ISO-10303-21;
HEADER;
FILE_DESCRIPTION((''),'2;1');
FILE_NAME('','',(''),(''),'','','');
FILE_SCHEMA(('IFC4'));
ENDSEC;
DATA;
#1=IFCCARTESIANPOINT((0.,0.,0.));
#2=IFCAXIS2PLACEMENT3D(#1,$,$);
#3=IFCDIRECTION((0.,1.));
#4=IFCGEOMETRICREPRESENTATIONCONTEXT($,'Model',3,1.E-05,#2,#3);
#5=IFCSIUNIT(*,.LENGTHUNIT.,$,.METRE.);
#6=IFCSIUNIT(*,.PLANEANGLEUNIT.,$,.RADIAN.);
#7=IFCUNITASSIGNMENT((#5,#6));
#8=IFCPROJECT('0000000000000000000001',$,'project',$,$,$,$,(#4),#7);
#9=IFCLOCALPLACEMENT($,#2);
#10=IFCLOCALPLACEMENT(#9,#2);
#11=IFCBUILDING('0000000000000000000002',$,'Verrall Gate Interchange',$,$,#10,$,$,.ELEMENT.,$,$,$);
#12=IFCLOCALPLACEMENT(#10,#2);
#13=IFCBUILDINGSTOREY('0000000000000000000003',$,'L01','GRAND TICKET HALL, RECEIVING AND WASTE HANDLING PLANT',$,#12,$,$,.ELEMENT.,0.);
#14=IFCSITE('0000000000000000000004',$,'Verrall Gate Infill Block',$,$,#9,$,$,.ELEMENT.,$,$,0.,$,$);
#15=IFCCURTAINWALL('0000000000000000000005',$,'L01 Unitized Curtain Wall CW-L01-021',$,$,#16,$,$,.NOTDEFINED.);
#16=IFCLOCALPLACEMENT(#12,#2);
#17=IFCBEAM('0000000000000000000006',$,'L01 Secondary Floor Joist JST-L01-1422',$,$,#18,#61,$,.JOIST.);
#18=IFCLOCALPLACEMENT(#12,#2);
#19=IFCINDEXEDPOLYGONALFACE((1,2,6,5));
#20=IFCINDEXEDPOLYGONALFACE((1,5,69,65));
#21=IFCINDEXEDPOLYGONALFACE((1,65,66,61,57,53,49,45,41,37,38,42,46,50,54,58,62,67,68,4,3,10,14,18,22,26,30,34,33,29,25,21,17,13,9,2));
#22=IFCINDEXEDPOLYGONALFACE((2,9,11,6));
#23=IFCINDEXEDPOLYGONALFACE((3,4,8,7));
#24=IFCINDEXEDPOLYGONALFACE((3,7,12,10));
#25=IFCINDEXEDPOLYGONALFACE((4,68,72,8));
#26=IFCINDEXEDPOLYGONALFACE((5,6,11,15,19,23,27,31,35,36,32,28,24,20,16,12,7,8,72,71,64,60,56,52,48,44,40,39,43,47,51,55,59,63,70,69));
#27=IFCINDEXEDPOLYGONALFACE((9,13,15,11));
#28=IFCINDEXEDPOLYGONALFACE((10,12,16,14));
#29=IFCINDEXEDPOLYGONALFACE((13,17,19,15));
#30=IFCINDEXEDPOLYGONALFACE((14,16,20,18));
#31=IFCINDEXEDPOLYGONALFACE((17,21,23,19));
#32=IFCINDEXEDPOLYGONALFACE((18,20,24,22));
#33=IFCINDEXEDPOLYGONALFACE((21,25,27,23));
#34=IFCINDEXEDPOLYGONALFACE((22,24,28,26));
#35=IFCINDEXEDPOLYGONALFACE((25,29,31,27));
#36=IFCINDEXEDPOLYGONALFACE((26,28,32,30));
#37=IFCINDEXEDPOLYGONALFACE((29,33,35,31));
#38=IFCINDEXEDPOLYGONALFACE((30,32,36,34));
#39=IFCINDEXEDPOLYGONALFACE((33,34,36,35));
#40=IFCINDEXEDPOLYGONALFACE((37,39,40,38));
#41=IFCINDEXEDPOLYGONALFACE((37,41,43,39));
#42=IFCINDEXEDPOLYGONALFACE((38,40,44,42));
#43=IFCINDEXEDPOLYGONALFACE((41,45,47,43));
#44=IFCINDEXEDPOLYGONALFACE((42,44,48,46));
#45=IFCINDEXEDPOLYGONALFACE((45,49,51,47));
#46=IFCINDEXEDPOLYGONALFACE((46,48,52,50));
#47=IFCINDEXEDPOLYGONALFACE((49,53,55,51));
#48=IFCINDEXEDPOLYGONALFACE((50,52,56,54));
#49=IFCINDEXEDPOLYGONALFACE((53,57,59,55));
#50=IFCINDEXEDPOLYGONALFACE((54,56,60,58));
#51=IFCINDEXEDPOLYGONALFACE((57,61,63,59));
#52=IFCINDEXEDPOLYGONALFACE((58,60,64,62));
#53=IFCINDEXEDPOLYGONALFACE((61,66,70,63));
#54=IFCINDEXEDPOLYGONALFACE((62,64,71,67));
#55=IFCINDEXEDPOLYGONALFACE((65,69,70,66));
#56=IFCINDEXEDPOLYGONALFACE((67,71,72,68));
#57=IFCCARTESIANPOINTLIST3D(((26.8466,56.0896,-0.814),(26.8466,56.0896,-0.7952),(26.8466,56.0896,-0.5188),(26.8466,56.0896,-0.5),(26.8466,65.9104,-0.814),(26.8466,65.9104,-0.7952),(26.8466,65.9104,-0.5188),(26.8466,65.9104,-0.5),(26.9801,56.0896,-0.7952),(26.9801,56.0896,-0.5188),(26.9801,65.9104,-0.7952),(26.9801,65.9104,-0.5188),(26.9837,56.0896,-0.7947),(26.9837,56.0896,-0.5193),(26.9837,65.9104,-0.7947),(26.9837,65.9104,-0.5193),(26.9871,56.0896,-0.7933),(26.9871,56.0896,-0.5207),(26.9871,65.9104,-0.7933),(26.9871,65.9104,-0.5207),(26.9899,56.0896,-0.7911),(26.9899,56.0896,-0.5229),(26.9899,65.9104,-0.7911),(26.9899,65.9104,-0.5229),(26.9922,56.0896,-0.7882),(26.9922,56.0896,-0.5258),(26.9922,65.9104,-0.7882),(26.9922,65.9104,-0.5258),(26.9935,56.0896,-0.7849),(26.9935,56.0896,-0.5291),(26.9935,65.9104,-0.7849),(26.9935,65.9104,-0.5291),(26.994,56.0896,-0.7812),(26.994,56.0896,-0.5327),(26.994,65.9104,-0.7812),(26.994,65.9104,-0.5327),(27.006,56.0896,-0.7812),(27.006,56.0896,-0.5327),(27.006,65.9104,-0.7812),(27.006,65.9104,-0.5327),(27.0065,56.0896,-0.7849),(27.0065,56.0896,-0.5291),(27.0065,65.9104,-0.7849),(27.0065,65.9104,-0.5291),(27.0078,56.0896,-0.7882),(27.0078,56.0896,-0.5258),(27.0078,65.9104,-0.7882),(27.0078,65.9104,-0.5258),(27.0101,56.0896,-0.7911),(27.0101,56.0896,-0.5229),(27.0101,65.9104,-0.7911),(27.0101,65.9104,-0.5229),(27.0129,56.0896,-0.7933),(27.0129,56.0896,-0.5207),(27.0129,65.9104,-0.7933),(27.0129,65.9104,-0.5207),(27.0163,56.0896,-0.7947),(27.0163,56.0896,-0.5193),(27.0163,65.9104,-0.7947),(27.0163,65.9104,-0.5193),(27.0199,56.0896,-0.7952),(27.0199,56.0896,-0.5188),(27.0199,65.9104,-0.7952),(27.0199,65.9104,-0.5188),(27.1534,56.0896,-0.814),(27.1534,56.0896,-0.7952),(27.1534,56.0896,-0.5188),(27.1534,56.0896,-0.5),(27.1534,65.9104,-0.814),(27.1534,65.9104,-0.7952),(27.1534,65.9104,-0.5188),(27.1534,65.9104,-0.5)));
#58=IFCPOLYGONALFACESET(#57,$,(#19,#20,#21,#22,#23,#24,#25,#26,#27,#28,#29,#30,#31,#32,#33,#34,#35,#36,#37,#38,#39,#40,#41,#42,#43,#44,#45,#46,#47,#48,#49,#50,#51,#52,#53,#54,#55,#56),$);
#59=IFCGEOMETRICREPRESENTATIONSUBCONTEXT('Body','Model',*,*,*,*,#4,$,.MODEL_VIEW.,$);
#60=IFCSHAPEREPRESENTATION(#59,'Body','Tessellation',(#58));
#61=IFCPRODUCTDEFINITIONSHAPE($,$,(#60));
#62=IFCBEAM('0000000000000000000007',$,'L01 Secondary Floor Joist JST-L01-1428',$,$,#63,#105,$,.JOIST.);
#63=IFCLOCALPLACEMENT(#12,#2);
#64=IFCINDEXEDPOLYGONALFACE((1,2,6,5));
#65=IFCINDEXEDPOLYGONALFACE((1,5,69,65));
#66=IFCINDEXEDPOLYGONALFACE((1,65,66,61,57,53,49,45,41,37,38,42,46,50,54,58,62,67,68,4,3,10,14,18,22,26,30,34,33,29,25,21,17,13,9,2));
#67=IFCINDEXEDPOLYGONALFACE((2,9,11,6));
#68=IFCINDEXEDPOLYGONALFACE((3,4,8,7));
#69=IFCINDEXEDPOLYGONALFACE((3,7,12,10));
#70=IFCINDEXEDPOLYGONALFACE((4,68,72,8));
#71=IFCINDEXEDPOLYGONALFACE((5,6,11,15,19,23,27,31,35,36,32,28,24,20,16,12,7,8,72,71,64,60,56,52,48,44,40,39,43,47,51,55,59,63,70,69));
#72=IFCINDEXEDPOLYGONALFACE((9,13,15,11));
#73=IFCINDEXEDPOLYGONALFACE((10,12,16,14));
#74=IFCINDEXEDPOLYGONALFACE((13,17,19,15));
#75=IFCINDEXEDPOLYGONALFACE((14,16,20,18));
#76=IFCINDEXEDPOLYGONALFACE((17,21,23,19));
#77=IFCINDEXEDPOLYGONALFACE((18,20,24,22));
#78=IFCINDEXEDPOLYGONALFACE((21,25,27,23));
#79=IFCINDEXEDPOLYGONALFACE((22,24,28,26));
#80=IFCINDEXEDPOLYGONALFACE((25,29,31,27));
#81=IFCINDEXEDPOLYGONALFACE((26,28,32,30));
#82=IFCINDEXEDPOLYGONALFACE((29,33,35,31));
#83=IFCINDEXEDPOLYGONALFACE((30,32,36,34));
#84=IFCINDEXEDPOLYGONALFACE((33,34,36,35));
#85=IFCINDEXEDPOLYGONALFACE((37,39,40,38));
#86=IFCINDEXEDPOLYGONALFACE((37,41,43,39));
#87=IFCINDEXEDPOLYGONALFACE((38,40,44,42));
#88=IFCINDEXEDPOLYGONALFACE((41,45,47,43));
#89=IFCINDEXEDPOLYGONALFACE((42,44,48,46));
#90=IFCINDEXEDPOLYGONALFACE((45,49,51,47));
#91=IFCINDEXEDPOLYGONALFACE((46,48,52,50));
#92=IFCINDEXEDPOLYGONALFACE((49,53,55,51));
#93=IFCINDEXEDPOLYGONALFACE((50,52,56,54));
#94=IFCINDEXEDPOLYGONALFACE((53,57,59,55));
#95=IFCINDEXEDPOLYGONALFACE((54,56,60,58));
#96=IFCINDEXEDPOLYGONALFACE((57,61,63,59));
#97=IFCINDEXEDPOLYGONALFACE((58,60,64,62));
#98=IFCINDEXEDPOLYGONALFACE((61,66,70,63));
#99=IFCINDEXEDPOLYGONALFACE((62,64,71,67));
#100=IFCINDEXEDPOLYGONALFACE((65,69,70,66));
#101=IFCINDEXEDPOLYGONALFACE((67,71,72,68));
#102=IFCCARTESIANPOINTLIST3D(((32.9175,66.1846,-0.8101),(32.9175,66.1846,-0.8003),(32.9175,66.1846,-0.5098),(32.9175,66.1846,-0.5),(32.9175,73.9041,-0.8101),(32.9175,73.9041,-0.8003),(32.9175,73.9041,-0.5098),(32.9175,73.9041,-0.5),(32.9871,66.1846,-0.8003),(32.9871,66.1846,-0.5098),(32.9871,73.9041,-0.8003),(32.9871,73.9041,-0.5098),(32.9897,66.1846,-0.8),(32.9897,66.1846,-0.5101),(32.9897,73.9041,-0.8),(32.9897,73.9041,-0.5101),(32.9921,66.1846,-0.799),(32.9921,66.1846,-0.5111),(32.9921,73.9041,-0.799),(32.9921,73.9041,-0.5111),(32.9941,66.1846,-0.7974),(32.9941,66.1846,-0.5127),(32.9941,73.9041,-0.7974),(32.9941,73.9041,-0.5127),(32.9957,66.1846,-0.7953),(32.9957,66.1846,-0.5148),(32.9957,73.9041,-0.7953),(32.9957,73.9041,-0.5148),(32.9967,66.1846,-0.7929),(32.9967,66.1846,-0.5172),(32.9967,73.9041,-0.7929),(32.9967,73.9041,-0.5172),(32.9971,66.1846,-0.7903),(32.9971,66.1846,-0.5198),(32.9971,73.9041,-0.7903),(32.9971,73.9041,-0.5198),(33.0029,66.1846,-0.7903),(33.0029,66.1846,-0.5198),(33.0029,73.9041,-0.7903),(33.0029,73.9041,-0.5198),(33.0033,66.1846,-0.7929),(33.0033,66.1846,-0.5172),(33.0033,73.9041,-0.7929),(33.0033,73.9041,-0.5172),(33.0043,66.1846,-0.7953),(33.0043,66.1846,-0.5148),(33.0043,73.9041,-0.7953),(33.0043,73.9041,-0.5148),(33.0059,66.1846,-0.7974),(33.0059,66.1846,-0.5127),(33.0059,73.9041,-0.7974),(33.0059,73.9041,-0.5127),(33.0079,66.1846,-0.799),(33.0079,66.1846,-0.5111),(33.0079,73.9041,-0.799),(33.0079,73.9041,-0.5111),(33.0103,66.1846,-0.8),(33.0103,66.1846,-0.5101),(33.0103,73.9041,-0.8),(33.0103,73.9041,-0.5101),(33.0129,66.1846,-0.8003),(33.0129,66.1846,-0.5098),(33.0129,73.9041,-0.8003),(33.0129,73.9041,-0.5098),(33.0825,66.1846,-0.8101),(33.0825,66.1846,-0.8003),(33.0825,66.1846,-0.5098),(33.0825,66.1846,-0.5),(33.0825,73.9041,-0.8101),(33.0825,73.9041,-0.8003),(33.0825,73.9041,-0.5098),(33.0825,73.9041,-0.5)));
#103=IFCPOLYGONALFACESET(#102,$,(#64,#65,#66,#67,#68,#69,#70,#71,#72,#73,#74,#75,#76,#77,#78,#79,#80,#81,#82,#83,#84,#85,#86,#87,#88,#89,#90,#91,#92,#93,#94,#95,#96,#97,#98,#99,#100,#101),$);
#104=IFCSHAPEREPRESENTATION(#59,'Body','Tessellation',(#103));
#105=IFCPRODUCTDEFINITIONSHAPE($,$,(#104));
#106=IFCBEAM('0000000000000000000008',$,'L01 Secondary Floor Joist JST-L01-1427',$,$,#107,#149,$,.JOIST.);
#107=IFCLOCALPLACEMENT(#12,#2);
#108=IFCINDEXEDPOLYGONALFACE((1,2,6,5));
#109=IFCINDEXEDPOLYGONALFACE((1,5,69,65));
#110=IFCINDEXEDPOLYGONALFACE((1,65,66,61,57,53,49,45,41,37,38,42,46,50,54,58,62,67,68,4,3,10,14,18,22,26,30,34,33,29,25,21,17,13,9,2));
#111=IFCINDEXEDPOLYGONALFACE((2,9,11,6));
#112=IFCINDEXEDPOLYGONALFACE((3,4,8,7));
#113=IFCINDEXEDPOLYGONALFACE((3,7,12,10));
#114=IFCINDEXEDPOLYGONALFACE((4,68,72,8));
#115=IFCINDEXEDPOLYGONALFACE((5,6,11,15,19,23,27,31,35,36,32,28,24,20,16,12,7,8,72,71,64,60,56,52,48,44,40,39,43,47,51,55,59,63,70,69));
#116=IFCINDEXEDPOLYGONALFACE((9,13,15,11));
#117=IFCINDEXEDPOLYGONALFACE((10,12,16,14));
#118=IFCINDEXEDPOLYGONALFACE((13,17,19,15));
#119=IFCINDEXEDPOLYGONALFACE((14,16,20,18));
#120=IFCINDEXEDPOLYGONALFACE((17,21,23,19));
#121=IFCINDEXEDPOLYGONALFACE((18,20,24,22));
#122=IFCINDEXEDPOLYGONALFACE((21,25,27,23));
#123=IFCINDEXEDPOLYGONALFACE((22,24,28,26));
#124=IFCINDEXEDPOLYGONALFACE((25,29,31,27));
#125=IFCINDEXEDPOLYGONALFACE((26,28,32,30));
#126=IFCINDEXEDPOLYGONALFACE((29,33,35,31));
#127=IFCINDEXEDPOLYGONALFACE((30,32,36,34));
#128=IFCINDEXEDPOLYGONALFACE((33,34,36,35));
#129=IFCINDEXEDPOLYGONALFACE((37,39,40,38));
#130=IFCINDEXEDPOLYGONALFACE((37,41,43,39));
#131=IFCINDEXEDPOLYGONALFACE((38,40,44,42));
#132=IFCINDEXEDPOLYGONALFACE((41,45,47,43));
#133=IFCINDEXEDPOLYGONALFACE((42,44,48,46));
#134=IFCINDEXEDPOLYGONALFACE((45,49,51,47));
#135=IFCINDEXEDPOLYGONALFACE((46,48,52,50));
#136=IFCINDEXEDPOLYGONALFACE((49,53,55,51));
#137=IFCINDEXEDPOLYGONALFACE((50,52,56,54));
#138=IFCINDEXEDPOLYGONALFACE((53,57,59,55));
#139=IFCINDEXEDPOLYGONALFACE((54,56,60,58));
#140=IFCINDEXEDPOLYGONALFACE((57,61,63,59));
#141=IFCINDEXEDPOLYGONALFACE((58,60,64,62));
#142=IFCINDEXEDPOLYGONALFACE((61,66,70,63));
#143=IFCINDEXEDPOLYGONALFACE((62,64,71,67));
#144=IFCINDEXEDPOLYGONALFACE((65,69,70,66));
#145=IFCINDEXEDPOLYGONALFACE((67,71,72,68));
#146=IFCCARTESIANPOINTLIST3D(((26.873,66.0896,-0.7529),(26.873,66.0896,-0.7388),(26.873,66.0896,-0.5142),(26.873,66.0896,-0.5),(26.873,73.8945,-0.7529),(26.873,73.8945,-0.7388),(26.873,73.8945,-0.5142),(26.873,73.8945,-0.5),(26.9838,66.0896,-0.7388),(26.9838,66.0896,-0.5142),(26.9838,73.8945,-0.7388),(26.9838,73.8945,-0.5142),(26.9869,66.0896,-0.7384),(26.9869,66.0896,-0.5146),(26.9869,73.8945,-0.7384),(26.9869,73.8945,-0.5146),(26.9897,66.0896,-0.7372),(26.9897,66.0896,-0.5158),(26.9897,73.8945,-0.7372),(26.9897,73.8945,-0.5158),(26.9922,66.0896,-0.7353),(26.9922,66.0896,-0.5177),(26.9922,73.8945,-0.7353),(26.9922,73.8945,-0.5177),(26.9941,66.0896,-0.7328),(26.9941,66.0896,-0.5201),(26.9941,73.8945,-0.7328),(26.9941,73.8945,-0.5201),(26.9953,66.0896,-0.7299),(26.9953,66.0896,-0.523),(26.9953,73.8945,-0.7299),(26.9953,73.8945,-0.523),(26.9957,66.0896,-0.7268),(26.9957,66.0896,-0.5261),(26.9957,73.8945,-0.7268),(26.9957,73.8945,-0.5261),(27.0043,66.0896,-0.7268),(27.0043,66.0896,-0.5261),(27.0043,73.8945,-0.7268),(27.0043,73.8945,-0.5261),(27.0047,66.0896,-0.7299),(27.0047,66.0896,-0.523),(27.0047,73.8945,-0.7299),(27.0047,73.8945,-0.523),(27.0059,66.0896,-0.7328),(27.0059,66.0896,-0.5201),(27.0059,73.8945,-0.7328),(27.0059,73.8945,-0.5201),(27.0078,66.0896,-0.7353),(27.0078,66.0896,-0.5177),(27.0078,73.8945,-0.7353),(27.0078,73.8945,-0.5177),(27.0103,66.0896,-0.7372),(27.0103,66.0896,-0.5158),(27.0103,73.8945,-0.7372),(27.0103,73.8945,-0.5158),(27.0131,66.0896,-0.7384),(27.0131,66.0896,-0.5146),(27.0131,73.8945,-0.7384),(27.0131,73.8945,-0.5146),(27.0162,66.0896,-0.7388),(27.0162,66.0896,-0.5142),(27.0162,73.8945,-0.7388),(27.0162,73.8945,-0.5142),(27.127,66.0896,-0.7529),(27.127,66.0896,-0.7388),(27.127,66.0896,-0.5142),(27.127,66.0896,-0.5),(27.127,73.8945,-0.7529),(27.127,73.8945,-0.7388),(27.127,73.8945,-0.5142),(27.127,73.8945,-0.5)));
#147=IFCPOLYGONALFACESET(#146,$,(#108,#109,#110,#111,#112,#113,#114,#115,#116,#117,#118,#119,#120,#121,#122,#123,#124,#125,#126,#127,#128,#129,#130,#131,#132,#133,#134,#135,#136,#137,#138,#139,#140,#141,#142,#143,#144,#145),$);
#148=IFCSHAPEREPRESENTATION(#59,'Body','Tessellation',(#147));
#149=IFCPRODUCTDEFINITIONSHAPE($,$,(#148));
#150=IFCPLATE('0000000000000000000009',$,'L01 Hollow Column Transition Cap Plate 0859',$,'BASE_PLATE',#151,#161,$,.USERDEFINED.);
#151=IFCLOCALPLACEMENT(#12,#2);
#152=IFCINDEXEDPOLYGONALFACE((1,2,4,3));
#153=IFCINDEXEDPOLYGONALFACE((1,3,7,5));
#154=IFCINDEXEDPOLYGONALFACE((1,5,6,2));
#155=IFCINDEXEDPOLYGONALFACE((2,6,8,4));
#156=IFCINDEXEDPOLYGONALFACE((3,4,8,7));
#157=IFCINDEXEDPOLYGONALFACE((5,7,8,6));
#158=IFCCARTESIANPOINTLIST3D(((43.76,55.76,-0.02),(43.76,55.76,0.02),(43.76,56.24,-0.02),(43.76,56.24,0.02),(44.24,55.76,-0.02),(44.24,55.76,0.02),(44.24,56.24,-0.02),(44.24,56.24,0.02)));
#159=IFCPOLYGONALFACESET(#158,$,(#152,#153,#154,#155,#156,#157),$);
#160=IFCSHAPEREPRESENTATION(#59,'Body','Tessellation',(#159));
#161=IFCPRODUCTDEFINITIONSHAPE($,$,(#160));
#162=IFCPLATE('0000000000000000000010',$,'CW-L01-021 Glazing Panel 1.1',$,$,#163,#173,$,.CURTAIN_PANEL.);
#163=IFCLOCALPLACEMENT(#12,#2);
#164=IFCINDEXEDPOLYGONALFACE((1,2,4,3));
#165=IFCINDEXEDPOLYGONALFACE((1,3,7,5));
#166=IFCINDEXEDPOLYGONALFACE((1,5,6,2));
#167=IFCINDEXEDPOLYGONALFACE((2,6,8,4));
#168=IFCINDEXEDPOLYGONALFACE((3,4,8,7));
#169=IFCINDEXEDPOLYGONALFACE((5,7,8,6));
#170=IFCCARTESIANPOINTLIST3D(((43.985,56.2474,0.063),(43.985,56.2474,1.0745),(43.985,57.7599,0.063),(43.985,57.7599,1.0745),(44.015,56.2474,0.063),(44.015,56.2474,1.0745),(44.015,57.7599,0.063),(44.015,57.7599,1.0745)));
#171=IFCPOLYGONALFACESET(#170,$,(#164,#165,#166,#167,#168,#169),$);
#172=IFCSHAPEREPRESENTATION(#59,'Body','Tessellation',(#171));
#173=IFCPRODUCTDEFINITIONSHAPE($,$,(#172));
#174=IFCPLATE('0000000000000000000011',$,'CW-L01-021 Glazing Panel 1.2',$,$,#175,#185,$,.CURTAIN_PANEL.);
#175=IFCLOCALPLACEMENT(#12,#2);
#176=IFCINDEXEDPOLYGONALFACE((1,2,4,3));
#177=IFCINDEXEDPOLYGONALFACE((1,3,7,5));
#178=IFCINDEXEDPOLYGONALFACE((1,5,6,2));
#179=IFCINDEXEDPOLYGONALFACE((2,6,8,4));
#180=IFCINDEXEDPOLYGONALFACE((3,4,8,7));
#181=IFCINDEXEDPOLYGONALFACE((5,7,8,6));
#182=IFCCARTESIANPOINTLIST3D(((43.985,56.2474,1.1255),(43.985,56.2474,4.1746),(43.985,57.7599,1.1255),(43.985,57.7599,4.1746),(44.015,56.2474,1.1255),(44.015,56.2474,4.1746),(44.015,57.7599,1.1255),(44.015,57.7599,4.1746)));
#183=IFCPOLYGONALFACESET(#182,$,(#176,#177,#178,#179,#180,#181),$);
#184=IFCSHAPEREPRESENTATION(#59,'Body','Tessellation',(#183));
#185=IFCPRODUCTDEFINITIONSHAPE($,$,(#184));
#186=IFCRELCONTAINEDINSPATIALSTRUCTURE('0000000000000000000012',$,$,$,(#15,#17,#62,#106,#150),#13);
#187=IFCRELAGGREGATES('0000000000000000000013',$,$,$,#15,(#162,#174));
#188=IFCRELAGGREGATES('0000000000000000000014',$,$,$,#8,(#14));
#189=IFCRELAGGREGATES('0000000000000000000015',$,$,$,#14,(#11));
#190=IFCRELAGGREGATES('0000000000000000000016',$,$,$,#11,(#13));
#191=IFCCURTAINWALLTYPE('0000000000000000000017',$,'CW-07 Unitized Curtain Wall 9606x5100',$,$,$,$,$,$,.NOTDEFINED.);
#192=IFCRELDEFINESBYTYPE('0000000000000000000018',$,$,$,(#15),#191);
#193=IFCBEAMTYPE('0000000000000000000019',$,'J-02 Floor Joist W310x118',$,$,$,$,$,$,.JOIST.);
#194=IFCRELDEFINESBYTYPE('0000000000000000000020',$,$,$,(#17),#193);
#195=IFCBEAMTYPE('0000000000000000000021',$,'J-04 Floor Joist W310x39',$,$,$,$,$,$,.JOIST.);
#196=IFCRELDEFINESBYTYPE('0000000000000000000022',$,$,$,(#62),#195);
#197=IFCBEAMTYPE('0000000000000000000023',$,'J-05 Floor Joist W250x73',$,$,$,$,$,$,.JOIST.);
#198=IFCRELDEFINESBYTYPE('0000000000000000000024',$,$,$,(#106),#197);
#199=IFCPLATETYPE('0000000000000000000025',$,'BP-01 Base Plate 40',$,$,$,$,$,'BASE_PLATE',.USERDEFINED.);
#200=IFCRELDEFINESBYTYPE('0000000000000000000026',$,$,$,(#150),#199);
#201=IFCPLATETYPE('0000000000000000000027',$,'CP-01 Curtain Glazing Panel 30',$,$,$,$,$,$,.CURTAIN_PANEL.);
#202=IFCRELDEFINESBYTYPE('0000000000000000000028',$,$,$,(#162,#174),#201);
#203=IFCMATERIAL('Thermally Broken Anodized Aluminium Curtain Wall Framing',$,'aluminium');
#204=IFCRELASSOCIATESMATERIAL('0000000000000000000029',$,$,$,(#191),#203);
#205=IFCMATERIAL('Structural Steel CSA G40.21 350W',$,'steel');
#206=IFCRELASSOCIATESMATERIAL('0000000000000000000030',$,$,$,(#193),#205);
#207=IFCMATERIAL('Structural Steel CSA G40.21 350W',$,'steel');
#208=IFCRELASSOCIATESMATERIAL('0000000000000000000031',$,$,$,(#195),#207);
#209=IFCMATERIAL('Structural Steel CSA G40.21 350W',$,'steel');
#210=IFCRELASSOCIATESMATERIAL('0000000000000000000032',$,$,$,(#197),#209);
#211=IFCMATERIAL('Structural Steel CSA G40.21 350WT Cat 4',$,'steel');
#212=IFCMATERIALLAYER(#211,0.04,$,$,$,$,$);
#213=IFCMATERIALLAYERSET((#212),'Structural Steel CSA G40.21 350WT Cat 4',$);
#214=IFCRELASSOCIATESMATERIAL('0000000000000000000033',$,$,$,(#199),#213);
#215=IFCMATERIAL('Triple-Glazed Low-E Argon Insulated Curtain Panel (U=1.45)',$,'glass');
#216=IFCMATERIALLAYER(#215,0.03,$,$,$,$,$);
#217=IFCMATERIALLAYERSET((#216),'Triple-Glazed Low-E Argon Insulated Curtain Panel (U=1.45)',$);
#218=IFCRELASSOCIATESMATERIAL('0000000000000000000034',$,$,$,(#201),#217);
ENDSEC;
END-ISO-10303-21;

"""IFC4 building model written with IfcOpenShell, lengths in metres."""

from ifc_helpers import new_model, si_unit, direction, frame, origin, origin_2d, place, context, subcontext, project, spatial, rectangle, i_section, extrude, material, layer, layer_set, material_profile, profile_set, type_object, element, aggregate, save


model = new_model("IFC4")

# Units and contexts
model_context = context("Model", 3, precision=1e-05, world=origin(), true_north=direction((0.0, 1.0)))
body_context = subcontext(model_context, "Body", "Model", "MODEL_VIEW")
ifc_project = project(units=[si_unit("LENGTHUNIT", "METRE"), si_unit("PLANEANGLEUNIT", "RADIAN")], contexts=[model_context])

# Site, building, storey
site_placement = place(None, origin())
site = spatial("IfcSite", under=ifc_project, at=site_placement, Name="Verrall Gate Infill Block", CompositionType="ELEMENT", RefElevation=0.0)
building_placement = place(site_placement, origin())
building = spatial("IfcBuilding", under=site, at=building_placement, Name="Verrall Gate Interchange", CompositionType="ELEMENT")
storey_placement = place(building_placement, origin())
storey = spatial("IfcBuildingStorey", under=building, at=storey_placement, Name="L01", Description="GRAND TICKET HALL, RECEIVING AND WASTE HANDLING PLANT", CompositionType="ELEMENT", Elevation=0.0)

# Curtain wall
ifc_material_1 = material(Name="Thermally Broken Anodized Aluminium Curtain Wall Framing", Category="aluminium")
curtain_wall_type = type_object("IfcCurtainWallType", Name="CW-07 Unitized Curtain Wall 9606x5100", PredefinedType="NOTDEFINED", material=ifc_material_1)
curtain_wall_placement = place(storey_placement, origin())
curtain_wall = element("IfcCurtainWall", 1, at=curtain_wall_placement, inside=storey, type_object=curtain_wall_type, Name="L01 Unitized Curtain Wall CW-L01-021", PredefinedType="NOTDEFINED")

# Beams
ifc_material_2 = material(Name="Structural Steel CSA G40.21 350W", Category="steel")
ifc_material_profile_1 = material_profile(ifc_material_2, i_section(OverallWidth=0.3069, OverallDepth=0.314, WebThickness=0.012, FlangeThickness=0.0188, FilletRadius=0.0139, at=origin_2d()), Name="W310x118")
ifc_profile_set_1 = profile_set([ifc_material_profile_1], Name="Structural Steel CSA G40.21 350W")
beam_type_1 = type_object("IfcBeamType", Name="J-02 Floor Joist W310x118", PredefinedType="JOIST", material=ifc_profile_set_1)
beam_1_placement = place(storey_placement, frame((27.0, 56.0896, -0.657), z_axis=(0.0, 1.0, 0.0), x_axis=(-1.0, 0.0, 0.0)))
element("IfcBeam", 2, at=beam_1_placement, inside=storey, type_object=beam_type_1, Name="L01 Secondary Floor Joist JST-L01-1422", PredefinedType="JOIST", context=body_context, shape_type="SweptSolid", body=[
    extrude(i_section(OverallWidth=0.3069, OverallDepth=0.314, WebThickness=0.012, FlangeThickness=0.0188, FilletRadius=0.0139, at=origin_2d()), origin(), (0.0, 0.0, 1.0), 9.8208),
])
ifc_material_3 = material(Name="Structural Steel CSA G40.21 350W", Category="steel")
ifc_material_profile_2 = material_profile(ifc_material_3, i_section(OverallWidth=0.165, OverallDepth=0.3101, WebThickness=0.0059, FlangeThickness=0.0098, FilletRadius=0.01, at=origin_2d()), Name="W310x39")
ifc_profile_set_2 = profile_set([ifc_material_profile_2], Name="Structural Steel CSA G40.21 350W")
beam_type_2 = type_object("IfcBeamType", Name="J-04 Floor Joist W310x39", PredefinedType="JOIST", material=ifc_profile_set_2)
beam_2_placement = place(storey_placement, frame((33.0, 66.1846, -0.655), z_axis=(0.0, 1.0, 0.0), x_axis=(-1.0, 0.0, 0.0)))
element("IfcBeam", 3, at=beam_2_placement, inside=storey, type_object=beam_type_2, Name="L01 Secondary Floor Joist JST-L01-1428", PredefinedType="JOIST", context=body_context, shape_type="SweptSolid", body=[
    extrude(i_section(OverallWidth=0.165, OverallDepth=0.3101, WebThickness=0.0059, FlangeThickness=0.0098, FilletRadius=0.01, at=origin_2d()), origin(), (0.0, 0.0, 1.0), 7.7195),
])
ifc_material_4 = material(Name="Structural Steel CSA G40.21 350W", Category="steel")
ifc_material_profile_3 = material_profile(ifc_material_4, i_section(OverallWidth=0.2539, OverallDepth=0.2529, WebThickness=0.0085, FlangeThickness=0.0142, FilletRadius=0.012, at=origin_2d()), Name="W250x73")
ifc_profile_set_3 = profile_set([ifc_material_profile_3], Name="Structural Steel CSA G40.21 350W")
beam_type_3 = type_object("IfcBeamType", Name="J-05 Floor Joist W250x73", PredefinedType="JOIST", material=ifc_profile_set_3)
beam_3_placement = place(storey_placement, frame((27.0, 66.0896, -0.6265), z_axis=(0.0, 1.0, 0.0), x_axis=(-1.0, 0.0, 0.0)))
element("IfcBeam", 4, at=beam_3_placement, inside=storey, type_object=beam_type_3, Name="L01 Secondary Floor Joist JST-L01-1427", PredefinedType="JOIST", context=body_context, shape_type="SweptSolid", body=[
    extrude(i_section(OverallWidth=0.2539, OverallDepth=0.2529, WebThickness=0.0085, FlangeThickness=0.0142, FilletRadius=0.012, at=origin_2d()), origin(), (0.0, 0.0, 1.0), 7.8049),
])

# Plates
ifc_material_5 = material(Name="Structural Steel CSA G40.21 350WT Cat 4", Category="steel")
ifc_layer_1 = layer(ifc_material_5, 0.04)
ifc_layer_set_1 = layer_set([ifc_layer_1], Name="Structural Steel CSA G40.21 350WT Cat 4")
plate_type_1 = type_object("IfcPlateType", Name="BP-01 Base Plate 40", ElementType="BASE_PLATE", PredefinedType="USERDEFINED", material=ifc_layer_set_1)
plate_1_placement = place(storey_placement, frame((44.0, 56.0, -0.02), z_axis=(0.0, 0.0, 1.0), x_axis=(1.0, 0.0, 0.0)))
element("IfcPlate", 5, at=plate_1_placement, inside=storey, type_object=plate_type_1, Name="L01 Hollow Column Transition Cap Plate 0859", ObjectType="BASE_PLATE", PredefinedType="USERDEFINED", context=body_context, shape_type="SweptSolid", body=[
    extrude(rectangle(XDim=0.48, YDim=0.48, at=origin_2d()), origin(), (0.0, 0.0, 1.0), 0.04),
])
ifc_material_6 = material(Name="Triple-Glazed Low-E Argon Insulated Curtain Panel (U=1.45)", Category="glass")
ifc_layer_2 = layer(ifc_material_6, 0.03)
ifc_layer_set_2 = layer_set([ifc_layer_2], Name="Triple-Glazed Low-E Argon Insulated Curtain Panel (U=1.45)")
plate_type_2 = type_object("IfcPlateType", Name="CP-01 Curtain Glazing Panel 30", PredefinedType="CURTAIN_PANEL", material=ifc_layer_set_2)
plate_2_placement = place(storey_placement, frame((44.0, 57.0037, 0.063), z_axis=(0.0, 0.0, 1.0), x_axis=(0.0, 1.0, 0.0)))
plate_2 = element("IfcPlate", 6, at=plate_2_placement, type_object=plate_type_2, Name="CW-L01-021 Glazing Panel 1.1", PredefinedType="CURTAIN_PANEL", context=body_context, shape_type="SweptSolid", body=[
    extrude(rectangle(XDim=1.5125, YDim=0.03, at=origin_2d()), origin(), (0.0, 0.0, 1.0), 1.0115),
])
plate_3_placement = place(storey_placement, frame((44.0, 57.0037, 1.1255), z_axis=(0.0, 0.0, 1.0), x_axis=(0.0, 1.0, 0.0)))
plate_3 = element("IfcPlate", 7, at=plate_3_placement, type_object=plate_type_2, Name="CW-L01-021 Glazing Panel 1.2", PredefinedType="CURTAIN_PANEL", context=body_context, shape_type="SweptSolid", body=[
    extrude(rectangle(XDim=1.5125, YDim=0.03, at=origin_2d()), origin(), (0.0, 0.0, 1.0), 3.0491),
])
aggregate(curtain_wall, [plate_2, plate_3])

save(model, "model.ifc")
